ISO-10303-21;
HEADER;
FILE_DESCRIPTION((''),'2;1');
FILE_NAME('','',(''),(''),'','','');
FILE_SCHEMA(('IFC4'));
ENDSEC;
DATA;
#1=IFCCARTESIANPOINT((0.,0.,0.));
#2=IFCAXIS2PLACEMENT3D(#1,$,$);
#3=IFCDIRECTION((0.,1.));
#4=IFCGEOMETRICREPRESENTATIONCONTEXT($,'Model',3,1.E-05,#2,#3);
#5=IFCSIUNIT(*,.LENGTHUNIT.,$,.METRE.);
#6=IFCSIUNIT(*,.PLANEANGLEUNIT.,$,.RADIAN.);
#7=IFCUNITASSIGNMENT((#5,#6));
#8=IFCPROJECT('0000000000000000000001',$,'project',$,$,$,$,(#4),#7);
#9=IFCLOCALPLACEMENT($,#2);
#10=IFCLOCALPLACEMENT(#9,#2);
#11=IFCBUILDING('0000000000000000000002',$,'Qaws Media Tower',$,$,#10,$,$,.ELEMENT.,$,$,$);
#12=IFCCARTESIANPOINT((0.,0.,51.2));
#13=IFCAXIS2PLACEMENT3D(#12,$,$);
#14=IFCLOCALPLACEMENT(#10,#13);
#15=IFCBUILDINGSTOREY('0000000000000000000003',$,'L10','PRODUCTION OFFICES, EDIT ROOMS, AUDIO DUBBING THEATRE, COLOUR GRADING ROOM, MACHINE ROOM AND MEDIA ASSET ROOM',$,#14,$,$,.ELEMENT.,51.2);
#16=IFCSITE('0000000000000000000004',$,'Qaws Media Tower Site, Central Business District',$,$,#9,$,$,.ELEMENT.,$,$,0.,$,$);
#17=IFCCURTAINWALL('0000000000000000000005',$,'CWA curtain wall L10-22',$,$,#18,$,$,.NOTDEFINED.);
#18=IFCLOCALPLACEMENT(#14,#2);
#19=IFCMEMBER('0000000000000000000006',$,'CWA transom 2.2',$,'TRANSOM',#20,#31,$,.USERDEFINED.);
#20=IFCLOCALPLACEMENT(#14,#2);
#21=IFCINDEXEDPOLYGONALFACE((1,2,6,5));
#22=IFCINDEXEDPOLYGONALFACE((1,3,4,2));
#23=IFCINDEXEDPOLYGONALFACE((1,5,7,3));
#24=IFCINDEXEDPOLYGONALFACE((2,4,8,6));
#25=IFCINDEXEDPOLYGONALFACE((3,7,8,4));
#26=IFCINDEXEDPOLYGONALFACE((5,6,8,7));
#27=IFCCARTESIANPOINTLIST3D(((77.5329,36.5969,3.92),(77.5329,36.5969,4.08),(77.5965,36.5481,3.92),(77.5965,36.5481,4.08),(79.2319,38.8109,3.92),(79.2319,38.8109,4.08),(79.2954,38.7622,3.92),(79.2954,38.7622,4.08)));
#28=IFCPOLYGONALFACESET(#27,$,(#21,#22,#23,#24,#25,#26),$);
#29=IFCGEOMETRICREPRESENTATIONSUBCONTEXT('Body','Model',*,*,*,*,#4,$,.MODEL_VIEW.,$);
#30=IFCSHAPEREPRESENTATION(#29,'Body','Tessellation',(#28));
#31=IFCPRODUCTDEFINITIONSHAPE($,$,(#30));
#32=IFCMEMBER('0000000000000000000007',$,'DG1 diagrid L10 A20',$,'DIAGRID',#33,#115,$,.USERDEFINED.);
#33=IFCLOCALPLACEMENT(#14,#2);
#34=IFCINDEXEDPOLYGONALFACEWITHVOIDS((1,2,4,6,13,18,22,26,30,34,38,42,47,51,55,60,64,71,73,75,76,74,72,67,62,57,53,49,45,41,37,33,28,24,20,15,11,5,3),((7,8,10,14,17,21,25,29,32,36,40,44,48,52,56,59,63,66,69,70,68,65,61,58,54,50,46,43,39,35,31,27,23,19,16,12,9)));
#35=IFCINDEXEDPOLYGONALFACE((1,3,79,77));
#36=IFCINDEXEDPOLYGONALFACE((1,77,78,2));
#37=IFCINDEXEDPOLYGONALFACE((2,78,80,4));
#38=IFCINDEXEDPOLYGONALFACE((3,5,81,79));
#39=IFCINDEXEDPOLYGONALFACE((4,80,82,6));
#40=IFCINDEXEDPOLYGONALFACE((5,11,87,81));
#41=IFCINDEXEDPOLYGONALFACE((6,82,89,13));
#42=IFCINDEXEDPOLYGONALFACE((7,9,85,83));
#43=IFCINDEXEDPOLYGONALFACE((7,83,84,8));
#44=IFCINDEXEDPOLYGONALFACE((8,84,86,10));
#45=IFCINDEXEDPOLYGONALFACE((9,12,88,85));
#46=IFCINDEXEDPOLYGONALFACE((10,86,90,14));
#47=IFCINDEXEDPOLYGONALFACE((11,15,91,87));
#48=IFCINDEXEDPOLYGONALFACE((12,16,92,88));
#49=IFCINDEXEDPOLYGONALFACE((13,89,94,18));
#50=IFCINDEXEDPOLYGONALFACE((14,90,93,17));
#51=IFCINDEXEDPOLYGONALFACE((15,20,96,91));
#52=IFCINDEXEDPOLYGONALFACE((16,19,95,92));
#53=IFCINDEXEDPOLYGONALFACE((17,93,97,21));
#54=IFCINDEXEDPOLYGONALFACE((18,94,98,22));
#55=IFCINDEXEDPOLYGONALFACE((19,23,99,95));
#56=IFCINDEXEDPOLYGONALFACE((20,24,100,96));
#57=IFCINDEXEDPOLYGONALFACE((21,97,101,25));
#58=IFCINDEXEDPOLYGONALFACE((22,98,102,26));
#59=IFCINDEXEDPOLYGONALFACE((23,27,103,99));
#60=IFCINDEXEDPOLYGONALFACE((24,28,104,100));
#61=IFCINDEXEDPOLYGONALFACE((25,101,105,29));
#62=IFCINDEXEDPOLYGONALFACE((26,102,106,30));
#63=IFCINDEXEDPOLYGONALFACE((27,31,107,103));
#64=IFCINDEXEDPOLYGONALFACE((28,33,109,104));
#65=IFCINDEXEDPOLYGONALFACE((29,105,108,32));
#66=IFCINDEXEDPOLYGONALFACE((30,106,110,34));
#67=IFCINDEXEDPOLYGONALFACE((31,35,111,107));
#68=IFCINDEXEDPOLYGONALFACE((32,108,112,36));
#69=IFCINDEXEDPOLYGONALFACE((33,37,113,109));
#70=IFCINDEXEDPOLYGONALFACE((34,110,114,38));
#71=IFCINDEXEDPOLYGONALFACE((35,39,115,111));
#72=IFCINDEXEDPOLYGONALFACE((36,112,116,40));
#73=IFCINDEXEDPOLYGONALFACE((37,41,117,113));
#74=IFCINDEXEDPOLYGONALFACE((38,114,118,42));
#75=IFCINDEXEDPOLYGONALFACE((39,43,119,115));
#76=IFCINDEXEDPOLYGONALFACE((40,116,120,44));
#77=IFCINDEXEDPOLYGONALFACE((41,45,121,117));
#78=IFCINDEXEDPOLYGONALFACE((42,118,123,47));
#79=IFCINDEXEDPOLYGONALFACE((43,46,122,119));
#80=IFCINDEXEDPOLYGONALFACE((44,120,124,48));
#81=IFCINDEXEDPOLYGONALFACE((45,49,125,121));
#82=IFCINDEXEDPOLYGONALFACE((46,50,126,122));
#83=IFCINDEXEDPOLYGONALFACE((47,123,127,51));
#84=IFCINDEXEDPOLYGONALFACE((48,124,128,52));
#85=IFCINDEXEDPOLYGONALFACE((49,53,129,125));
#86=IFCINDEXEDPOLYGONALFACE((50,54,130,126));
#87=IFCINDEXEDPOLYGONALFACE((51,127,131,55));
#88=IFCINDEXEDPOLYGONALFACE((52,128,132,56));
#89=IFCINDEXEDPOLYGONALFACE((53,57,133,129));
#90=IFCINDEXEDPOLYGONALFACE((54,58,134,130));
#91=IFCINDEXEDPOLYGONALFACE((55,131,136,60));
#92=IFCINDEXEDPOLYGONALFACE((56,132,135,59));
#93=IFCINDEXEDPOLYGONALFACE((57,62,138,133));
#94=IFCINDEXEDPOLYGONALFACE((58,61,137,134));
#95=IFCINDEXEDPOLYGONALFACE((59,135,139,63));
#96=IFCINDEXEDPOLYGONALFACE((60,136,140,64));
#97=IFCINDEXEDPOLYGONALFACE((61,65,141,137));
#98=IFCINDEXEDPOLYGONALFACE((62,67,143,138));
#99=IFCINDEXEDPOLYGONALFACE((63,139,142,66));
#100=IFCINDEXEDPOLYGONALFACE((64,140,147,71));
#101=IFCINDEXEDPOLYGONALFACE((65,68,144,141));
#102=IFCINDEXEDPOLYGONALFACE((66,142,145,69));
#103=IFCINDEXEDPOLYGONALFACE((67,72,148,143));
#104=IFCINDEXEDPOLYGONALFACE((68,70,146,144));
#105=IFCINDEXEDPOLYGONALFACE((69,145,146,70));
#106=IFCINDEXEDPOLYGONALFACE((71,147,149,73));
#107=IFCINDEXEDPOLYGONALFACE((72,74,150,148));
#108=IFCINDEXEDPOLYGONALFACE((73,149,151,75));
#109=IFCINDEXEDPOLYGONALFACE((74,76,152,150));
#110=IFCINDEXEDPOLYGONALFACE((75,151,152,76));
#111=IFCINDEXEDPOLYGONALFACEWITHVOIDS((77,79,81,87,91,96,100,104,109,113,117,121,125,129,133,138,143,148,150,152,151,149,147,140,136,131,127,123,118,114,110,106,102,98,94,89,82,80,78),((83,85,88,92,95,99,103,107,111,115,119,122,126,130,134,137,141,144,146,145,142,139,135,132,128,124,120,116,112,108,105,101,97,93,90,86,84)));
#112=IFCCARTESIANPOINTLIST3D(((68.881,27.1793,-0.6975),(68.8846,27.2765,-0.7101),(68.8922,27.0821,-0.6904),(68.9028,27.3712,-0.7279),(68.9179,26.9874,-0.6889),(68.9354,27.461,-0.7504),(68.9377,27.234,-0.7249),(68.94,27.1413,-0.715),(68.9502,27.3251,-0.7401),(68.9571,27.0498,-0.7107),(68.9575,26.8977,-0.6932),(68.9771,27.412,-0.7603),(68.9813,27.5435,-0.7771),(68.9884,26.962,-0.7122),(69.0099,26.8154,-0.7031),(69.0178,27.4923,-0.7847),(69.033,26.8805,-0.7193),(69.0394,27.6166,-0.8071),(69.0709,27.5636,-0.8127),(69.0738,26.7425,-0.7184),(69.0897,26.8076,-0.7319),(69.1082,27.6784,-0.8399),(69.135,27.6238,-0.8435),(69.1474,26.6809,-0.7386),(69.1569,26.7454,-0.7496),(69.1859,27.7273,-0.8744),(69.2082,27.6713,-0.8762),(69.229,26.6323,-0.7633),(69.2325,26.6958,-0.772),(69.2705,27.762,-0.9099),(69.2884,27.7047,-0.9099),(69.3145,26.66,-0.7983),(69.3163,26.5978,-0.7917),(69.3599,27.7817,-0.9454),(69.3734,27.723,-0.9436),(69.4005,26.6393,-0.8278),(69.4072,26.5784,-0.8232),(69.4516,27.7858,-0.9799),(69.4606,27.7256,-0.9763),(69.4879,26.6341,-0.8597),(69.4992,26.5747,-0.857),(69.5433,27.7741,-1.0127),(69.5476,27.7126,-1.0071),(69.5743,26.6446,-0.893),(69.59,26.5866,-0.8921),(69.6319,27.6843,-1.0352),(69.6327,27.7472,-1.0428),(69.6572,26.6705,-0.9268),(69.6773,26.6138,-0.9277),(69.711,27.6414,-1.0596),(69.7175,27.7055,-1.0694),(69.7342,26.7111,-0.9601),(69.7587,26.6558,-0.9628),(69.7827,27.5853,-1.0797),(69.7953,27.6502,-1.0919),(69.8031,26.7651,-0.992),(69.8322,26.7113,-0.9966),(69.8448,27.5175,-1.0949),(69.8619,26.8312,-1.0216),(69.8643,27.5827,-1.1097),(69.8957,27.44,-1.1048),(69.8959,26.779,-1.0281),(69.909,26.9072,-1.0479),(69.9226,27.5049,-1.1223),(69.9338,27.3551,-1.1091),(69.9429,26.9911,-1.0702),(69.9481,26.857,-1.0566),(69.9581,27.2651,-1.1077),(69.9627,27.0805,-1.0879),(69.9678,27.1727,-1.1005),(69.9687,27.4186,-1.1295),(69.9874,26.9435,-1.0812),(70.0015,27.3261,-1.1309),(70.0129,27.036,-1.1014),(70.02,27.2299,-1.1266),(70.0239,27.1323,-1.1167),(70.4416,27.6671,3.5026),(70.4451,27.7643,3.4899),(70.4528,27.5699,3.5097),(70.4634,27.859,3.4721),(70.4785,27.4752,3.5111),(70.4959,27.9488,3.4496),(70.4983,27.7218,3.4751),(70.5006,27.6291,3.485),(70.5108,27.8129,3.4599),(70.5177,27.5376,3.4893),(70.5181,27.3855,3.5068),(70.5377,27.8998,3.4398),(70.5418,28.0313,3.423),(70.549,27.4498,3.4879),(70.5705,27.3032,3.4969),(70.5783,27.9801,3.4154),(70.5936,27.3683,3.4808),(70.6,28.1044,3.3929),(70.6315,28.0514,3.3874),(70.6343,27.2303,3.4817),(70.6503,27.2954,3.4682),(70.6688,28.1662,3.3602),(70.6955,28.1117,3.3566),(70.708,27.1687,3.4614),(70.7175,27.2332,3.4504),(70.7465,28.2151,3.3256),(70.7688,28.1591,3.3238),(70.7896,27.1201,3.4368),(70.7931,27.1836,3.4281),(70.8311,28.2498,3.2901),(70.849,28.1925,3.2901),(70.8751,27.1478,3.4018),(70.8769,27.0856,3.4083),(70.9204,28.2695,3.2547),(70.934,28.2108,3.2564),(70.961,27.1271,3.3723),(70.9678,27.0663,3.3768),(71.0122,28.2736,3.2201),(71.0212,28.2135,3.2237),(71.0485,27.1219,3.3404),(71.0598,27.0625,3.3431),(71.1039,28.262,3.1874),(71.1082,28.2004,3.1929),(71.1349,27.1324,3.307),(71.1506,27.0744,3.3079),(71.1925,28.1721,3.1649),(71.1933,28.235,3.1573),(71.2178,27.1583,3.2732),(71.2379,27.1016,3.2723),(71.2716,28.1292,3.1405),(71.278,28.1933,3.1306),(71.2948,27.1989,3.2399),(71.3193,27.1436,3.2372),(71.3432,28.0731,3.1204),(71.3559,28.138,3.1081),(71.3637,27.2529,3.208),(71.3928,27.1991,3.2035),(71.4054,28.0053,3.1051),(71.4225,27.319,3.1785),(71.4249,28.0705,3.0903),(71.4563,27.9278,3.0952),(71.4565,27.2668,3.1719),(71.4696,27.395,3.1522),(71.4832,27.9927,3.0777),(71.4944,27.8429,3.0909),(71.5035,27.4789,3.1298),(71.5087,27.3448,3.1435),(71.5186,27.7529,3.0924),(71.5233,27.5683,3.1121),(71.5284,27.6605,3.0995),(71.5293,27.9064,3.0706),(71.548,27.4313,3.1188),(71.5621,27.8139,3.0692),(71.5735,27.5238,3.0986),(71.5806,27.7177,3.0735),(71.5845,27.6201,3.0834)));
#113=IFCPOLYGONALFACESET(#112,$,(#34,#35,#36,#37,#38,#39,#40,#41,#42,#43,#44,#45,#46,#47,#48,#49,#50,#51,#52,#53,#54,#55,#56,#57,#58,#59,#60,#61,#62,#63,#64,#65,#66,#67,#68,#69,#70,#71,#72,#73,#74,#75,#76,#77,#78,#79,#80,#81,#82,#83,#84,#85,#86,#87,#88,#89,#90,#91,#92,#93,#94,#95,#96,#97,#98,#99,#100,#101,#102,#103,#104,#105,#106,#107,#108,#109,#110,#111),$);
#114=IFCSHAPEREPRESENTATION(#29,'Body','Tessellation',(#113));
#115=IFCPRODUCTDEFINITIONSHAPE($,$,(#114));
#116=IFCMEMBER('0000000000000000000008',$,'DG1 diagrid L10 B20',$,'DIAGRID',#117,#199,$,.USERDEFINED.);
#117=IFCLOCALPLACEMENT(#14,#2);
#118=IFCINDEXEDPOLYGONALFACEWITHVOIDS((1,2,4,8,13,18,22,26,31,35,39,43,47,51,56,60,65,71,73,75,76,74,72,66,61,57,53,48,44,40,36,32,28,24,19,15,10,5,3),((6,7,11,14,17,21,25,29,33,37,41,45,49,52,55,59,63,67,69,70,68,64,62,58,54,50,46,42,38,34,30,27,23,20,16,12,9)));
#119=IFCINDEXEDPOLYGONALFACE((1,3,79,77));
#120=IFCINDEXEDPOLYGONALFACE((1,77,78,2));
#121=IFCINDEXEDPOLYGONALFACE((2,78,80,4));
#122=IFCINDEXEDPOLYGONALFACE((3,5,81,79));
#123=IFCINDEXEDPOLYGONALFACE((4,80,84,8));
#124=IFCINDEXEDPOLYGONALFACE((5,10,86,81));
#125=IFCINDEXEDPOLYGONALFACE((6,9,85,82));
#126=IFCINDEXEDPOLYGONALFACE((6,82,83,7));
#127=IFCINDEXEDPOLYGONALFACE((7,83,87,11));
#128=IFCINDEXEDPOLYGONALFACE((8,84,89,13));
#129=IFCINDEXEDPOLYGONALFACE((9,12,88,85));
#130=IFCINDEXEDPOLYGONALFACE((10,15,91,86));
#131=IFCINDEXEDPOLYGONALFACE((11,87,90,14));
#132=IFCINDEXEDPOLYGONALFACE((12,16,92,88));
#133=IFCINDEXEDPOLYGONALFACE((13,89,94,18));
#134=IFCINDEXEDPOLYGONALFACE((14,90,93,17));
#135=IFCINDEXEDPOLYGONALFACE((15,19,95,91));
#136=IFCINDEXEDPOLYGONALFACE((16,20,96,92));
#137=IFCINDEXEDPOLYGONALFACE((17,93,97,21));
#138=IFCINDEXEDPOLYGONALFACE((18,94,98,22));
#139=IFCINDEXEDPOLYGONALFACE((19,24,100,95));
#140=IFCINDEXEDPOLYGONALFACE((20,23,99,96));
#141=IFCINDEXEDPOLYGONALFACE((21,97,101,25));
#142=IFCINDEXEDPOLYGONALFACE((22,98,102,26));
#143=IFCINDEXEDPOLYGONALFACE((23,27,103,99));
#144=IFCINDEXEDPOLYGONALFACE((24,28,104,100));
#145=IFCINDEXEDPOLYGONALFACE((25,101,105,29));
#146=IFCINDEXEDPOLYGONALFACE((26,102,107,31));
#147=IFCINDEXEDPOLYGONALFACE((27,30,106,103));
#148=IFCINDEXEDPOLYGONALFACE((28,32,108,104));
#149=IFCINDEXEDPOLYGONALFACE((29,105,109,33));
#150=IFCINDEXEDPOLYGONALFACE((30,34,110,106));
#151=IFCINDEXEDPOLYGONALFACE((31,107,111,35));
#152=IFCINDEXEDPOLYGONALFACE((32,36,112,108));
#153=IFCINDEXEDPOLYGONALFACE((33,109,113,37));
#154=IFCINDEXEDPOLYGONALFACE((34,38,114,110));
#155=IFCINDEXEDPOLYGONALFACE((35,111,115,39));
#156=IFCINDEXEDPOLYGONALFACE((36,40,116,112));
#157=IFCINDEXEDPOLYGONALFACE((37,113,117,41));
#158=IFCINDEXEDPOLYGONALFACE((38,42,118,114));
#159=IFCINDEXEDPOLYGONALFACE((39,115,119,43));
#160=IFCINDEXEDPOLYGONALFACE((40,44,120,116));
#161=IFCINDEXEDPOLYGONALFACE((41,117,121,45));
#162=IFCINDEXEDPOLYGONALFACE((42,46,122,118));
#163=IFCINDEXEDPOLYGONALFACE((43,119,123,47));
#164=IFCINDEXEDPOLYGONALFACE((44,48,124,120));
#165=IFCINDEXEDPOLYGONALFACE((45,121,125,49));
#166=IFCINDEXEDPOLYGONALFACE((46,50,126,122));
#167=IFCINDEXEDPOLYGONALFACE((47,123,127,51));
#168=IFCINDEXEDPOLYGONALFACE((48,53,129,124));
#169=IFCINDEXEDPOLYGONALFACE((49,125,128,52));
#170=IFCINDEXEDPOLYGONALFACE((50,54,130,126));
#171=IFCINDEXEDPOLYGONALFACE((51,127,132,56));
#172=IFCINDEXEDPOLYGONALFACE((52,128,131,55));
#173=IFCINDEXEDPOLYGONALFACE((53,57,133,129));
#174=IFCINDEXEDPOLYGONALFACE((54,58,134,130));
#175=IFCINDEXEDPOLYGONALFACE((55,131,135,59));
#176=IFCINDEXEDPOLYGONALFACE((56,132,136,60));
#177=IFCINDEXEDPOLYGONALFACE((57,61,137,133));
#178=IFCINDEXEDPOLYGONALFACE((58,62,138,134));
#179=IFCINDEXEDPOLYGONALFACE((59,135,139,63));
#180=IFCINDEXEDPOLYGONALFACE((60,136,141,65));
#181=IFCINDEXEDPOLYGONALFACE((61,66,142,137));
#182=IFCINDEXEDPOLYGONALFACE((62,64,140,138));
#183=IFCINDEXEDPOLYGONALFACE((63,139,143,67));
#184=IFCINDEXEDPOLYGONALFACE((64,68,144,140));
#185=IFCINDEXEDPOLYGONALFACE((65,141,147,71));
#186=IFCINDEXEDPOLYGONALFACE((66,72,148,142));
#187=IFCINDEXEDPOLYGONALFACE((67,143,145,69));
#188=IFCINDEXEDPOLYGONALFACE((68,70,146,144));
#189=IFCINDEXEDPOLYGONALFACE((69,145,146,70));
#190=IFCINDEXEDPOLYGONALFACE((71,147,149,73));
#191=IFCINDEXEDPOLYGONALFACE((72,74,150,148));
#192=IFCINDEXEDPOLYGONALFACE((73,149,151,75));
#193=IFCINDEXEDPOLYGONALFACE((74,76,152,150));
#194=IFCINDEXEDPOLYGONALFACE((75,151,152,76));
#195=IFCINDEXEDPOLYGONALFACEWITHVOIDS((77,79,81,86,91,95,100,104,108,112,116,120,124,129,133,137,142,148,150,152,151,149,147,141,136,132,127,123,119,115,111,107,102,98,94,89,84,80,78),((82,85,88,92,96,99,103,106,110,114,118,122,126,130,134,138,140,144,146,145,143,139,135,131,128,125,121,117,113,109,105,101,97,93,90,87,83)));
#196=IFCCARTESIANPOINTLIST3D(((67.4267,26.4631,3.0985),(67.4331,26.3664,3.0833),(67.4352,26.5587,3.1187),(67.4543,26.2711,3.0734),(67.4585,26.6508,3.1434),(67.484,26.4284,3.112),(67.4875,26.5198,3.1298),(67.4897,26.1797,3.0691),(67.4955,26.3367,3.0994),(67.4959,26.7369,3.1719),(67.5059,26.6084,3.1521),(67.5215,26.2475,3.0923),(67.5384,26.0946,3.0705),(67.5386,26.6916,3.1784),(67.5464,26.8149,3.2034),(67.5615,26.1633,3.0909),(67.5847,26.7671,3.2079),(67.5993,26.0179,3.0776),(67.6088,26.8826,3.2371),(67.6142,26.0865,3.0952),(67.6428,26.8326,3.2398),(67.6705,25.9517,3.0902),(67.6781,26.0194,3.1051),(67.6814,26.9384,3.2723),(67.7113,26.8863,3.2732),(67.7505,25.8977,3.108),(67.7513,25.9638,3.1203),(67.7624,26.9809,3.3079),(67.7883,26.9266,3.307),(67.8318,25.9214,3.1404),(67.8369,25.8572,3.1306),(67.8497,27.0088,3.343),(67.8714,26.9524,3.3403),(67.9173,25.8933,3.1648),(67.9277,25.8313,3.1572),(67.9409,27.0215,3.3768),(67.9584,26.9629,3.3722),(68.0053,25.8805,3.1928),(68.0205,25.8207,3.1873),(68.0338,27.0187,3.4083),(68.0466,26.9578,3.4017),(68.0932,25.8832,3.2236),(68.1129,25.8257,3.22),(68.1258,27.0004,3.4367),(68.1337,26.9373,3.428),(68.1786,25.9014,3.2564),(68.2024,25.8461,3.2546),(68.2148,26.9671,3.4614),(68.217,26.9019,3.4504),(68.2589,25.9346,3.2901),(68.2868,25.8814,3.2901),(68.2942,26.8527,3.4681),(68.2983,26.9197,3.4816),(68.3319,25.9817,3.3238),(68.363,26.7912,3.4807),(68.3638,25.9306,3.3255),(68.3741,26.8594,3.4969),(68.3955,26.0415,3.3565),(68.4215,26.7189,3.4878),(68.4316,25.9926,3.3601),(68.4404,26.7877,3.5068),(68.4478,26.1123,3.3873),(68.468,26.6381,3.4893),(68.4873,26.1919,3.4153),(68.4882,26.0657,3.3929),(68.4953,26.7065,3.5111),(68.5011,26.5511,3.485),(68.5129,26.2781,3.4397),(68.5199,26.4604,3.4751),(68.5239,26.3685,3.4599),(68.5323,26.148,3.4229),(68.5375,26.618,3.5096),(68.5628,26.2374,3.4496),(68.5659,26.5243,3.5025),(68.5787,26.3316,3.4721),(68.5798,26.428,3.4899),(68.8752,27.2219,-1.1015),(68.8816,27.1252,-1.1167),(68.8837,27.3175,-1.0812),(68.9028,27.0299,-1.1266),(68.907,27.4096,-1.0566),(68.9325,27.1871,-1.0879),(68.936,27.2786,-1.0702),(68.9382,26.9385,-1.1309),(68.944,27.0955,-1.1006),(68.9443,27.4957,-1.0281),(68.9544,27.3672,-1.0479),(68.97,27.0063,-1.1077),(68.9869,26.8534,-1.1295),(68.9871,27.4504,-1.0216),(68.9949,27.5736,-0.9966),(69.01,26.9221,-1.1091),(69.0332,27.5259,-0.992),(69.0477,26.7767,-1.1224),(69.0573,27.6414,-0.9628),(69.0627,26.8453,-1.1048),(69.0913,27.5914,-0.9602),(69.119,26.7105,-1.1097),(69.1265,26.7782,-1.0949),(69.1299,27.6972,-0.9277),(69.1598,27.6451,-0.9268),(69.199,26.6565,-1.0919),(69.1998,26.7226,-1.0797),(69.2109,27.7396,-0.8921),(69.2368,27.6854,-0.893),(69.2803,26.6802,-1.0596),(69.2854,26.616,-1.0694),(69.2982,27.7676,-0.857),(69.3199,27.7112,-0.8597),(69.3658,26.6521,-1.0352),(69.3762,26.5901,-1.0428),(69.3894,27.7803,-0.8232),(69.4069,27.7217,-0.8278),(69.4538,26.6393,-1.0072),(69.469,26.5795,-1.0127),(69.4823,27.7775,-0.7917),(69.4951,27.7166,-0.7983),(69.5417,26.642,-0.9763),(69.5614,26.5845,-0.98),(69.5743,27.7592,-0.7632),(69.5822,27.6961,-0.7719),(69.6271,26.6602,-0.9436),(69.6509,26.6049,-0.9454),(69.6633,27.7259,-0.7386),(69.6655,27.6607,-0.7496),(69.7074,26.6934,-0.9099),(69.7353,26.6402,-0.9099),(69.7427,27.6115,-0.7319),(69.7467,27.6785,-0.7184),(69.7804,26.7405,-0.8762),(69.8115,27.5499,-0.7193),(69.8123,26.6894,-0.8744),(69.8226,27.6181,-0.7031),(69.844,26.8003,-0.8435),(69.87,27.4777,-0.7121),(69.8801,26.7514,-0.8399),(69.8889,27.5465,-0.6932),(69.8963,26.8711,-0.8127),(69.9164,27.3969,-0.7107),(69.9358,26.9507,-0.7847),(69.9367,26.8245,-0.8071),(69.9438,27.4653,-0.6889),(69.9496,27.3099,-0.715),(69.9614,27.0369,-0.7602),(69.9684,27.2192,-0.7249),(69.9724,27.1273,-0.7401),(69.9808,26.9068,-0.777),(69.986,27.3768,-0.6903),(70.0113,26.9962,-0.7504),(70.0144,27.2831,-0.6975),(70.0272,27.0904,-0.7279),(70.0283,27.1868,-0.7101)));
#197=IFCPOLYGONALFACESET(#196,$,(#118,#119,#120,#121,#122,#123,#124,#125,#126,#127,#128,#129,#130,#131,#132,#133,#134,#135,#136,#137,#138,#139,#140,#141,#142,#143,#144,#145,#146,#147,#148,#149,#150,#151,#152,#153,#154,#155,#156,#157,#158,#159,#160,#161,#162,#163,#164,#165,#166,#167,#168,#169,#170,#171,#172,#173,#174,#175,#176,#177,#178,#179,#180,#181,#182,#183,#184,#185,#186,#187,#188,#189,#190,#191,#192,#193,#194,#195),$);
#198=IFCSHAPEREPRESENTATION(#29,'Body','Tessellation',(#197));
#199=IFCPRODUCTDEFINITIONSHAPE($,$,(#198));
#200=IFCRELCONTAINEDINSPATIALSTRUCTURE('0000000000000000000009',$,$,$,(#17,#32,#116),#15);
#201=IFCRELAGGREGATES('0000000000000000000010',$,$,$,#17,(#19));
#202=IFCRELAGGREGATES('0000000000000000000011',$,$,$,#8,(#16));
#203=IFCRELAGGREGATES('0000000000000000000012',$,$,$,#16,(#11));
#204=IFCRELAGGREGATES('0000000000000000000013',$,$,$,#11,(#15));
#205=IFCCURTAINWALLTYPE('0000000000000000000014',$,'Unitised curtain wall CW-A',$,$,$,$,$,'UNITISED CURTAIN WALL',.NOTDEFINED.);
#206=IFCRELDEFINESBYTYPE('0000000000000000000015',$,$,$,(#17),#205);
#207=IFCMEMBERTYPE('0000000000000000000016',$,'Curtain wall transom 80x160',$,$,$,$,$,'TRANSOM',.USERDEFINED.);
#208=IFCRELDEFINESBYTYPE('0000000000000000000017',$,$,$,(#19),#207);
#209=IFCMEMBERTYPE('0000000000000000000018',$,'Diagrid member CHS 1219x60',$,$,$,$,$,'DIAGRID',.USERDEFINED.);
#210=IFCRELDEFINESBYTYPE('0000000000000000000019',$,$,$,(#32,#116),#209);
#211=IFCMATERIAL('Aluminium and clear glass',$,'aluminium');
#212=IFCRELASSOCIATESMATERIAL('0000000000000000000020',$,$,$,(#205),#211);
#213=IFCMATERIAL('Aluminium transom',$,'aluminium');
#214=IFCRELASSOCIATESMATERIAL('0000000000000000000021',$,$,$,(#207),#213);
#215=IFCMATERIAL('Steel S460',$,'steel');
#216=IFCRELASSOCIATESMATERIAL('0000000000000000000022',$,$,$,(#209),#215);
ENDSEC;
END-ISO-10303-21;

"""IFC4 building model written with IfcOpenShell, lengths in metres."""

from ifc_helpers import new_model, si_unit, direction, frame, origin, origin_2d, place, context, subcontext, project, spatial, rectangle, hollow_circle, extrude, material, material_profile, profile_set, type_object, element, aggregate, save


model = new_model("IFC4")

# Units and contexts
model_context = context("Model", 3, precision=1e-05, world=origin(), true_north=direction((0.0, 1.0)))
body_context = subcontext(model_context, "Body", "Model", "MODEL_VIEW")
ifc_project = project(units=[si_unit("LENGTHUNIT", "METRE"), si_unit("PLANEANGLEUNIT", "RADIAN")], contexts=[model_context])

# Site, building, storey
site_placement = place(None, origin())
site = spatial("IfcSite", under=ifc_project, at=site_placement, Name="Qaws Media Tower Site, Central Business District", CompositionType="ELEMENT", RefElevation=0.0)
building_placement = place(site_placement, origin())
building = spatial("IfcBuilding", under=site, at=building_placement, Name="Qaws Media Tower", CompositionType="ELEMENT")
storey_placement = place(building_placement, frame((0.0, 0.0, 51.2)))
storey = spatial("IfcBuildingStorey", under=building, at=storey_placement, Name="L10", Description="PRODUCTION OFFICES, EDIT ROOMS, AUDIO DUBBING THEATRE, COLOUR GRADING ROOM, MACHINE ROOM AND MEDIA ASSET ROOM", CompositionType="ELEMENT", Elevation=51.2)

# Shared definitions
ifc_material_1 = material(Name="Aluminium and clear glass", Category="aluminium")
curtain_wall_type = type_object("IfcCurtainWallType", Name="Unitised curtain wall CW-A", ElementType="UNITISED CURTAIN WALL", PredefinedType="NOTDEFINED", material=ifc_material_1)

# Curtain wall
curtain_wall_1_placement = place(storey_placement, origin())
curtain_wall_1 = element("IfcCurtainWall", 1, at=curtain_wall_1_placement, inside=storey, type_object=curtain_wall_type, Name="CWA curtain wall L10-22", PredefinedType="NOTDEFINED")

# Member
ifc_material_2 = material(Name="Aluminium transom", Category="aluminium")
ifc_material_profile_1 = material_profile(ifc_material_2, rectangle(XDim=0.0801, YDim=0.1599, at=origin_2d()), Name="80x160")
ifc_profile_set_1 = profile_set([ifc_material_profile_1], Name="Aluminium transom")
member_type_1 = type_object("IfcMemberType", Name="Curtain wall transom 80x160", ElementType="TRANSOM", PredefinedType="USERDEFINED", material=ifc_profile_set_1)
member_1_placement = place(storey_placement, frame((77.5647, 36.5725, 4.0), z_axis=(0.608768, 0.793349, 0.0), x_axis=(-0.793349, 0.608768, 0.0)))
member_1 = element("IfcMember", 2, at=member_1_placement, type_object=member_type_1, Name="CWA transom 2.2", ObjectType="TRANSOM", PredefinedType="USERDEFINED", context=body_context, shape_type="SweptSolid", body=[
    extrude(rectangle(XDim=0.0801, YDim=0.1599, at=origin_2d()), origin(), (0.0, 0.0, 1.0), 2.7908),
])

# Members
ifc_material_3 = material(Name="Steel S460", Category="steel")
ifc_material_profile_2 = material_profile(ifc_material_3, hollow_circle(Radius=0.6096, WallThickness=0.0601, at=origin_2d()), Name="CHS 1219x60")
ifc_profile_set_2 = profile_set([ifc_material_profile_2], Name="Steel S460")
member_type_2 = type_object("IfcMemberType", Name="Diagrid member CHS 1219x60", ElementType="DIAGRID", PredefinedType="USERDEFINED", material=ifc_profile_set_2)
for number, where, z_axis, x_axis, name in (
    (3, (69.4524, 27.1802, -0.9099), (0.346251, 0.108231, 0.931878), (-0.298343, 0.954459, 0.0), "DG1 diagrid L10 A20"),
    (4, (69.4524, 27.1802, -0.9099), (-0.321383, -0.168356, 0.931863), (0.464035, -0.885817, 0.0), "DG1 diagrid L10 B20"),
):
    element("IfcMember", number, at=place(storey_placement, frame(where, z_axis=z_axis, x_axis=x_axis)), inside=storey, type_object=member_type_2, Name=name, ObjectType="DIAGRID", PredefinedType="USERDEFINED", context=body_context, shape_type="SweptSolid", body=[
        extrude(hollow_circle(Radius=0.6096, WallThickness=0.0601, at=origin_2d()), origin(), (0.0, 0.0, 1.0), 4.5071),
    ])

aggregate(curtain_wall_1, [member_1])

save(model, "model.ifc")
